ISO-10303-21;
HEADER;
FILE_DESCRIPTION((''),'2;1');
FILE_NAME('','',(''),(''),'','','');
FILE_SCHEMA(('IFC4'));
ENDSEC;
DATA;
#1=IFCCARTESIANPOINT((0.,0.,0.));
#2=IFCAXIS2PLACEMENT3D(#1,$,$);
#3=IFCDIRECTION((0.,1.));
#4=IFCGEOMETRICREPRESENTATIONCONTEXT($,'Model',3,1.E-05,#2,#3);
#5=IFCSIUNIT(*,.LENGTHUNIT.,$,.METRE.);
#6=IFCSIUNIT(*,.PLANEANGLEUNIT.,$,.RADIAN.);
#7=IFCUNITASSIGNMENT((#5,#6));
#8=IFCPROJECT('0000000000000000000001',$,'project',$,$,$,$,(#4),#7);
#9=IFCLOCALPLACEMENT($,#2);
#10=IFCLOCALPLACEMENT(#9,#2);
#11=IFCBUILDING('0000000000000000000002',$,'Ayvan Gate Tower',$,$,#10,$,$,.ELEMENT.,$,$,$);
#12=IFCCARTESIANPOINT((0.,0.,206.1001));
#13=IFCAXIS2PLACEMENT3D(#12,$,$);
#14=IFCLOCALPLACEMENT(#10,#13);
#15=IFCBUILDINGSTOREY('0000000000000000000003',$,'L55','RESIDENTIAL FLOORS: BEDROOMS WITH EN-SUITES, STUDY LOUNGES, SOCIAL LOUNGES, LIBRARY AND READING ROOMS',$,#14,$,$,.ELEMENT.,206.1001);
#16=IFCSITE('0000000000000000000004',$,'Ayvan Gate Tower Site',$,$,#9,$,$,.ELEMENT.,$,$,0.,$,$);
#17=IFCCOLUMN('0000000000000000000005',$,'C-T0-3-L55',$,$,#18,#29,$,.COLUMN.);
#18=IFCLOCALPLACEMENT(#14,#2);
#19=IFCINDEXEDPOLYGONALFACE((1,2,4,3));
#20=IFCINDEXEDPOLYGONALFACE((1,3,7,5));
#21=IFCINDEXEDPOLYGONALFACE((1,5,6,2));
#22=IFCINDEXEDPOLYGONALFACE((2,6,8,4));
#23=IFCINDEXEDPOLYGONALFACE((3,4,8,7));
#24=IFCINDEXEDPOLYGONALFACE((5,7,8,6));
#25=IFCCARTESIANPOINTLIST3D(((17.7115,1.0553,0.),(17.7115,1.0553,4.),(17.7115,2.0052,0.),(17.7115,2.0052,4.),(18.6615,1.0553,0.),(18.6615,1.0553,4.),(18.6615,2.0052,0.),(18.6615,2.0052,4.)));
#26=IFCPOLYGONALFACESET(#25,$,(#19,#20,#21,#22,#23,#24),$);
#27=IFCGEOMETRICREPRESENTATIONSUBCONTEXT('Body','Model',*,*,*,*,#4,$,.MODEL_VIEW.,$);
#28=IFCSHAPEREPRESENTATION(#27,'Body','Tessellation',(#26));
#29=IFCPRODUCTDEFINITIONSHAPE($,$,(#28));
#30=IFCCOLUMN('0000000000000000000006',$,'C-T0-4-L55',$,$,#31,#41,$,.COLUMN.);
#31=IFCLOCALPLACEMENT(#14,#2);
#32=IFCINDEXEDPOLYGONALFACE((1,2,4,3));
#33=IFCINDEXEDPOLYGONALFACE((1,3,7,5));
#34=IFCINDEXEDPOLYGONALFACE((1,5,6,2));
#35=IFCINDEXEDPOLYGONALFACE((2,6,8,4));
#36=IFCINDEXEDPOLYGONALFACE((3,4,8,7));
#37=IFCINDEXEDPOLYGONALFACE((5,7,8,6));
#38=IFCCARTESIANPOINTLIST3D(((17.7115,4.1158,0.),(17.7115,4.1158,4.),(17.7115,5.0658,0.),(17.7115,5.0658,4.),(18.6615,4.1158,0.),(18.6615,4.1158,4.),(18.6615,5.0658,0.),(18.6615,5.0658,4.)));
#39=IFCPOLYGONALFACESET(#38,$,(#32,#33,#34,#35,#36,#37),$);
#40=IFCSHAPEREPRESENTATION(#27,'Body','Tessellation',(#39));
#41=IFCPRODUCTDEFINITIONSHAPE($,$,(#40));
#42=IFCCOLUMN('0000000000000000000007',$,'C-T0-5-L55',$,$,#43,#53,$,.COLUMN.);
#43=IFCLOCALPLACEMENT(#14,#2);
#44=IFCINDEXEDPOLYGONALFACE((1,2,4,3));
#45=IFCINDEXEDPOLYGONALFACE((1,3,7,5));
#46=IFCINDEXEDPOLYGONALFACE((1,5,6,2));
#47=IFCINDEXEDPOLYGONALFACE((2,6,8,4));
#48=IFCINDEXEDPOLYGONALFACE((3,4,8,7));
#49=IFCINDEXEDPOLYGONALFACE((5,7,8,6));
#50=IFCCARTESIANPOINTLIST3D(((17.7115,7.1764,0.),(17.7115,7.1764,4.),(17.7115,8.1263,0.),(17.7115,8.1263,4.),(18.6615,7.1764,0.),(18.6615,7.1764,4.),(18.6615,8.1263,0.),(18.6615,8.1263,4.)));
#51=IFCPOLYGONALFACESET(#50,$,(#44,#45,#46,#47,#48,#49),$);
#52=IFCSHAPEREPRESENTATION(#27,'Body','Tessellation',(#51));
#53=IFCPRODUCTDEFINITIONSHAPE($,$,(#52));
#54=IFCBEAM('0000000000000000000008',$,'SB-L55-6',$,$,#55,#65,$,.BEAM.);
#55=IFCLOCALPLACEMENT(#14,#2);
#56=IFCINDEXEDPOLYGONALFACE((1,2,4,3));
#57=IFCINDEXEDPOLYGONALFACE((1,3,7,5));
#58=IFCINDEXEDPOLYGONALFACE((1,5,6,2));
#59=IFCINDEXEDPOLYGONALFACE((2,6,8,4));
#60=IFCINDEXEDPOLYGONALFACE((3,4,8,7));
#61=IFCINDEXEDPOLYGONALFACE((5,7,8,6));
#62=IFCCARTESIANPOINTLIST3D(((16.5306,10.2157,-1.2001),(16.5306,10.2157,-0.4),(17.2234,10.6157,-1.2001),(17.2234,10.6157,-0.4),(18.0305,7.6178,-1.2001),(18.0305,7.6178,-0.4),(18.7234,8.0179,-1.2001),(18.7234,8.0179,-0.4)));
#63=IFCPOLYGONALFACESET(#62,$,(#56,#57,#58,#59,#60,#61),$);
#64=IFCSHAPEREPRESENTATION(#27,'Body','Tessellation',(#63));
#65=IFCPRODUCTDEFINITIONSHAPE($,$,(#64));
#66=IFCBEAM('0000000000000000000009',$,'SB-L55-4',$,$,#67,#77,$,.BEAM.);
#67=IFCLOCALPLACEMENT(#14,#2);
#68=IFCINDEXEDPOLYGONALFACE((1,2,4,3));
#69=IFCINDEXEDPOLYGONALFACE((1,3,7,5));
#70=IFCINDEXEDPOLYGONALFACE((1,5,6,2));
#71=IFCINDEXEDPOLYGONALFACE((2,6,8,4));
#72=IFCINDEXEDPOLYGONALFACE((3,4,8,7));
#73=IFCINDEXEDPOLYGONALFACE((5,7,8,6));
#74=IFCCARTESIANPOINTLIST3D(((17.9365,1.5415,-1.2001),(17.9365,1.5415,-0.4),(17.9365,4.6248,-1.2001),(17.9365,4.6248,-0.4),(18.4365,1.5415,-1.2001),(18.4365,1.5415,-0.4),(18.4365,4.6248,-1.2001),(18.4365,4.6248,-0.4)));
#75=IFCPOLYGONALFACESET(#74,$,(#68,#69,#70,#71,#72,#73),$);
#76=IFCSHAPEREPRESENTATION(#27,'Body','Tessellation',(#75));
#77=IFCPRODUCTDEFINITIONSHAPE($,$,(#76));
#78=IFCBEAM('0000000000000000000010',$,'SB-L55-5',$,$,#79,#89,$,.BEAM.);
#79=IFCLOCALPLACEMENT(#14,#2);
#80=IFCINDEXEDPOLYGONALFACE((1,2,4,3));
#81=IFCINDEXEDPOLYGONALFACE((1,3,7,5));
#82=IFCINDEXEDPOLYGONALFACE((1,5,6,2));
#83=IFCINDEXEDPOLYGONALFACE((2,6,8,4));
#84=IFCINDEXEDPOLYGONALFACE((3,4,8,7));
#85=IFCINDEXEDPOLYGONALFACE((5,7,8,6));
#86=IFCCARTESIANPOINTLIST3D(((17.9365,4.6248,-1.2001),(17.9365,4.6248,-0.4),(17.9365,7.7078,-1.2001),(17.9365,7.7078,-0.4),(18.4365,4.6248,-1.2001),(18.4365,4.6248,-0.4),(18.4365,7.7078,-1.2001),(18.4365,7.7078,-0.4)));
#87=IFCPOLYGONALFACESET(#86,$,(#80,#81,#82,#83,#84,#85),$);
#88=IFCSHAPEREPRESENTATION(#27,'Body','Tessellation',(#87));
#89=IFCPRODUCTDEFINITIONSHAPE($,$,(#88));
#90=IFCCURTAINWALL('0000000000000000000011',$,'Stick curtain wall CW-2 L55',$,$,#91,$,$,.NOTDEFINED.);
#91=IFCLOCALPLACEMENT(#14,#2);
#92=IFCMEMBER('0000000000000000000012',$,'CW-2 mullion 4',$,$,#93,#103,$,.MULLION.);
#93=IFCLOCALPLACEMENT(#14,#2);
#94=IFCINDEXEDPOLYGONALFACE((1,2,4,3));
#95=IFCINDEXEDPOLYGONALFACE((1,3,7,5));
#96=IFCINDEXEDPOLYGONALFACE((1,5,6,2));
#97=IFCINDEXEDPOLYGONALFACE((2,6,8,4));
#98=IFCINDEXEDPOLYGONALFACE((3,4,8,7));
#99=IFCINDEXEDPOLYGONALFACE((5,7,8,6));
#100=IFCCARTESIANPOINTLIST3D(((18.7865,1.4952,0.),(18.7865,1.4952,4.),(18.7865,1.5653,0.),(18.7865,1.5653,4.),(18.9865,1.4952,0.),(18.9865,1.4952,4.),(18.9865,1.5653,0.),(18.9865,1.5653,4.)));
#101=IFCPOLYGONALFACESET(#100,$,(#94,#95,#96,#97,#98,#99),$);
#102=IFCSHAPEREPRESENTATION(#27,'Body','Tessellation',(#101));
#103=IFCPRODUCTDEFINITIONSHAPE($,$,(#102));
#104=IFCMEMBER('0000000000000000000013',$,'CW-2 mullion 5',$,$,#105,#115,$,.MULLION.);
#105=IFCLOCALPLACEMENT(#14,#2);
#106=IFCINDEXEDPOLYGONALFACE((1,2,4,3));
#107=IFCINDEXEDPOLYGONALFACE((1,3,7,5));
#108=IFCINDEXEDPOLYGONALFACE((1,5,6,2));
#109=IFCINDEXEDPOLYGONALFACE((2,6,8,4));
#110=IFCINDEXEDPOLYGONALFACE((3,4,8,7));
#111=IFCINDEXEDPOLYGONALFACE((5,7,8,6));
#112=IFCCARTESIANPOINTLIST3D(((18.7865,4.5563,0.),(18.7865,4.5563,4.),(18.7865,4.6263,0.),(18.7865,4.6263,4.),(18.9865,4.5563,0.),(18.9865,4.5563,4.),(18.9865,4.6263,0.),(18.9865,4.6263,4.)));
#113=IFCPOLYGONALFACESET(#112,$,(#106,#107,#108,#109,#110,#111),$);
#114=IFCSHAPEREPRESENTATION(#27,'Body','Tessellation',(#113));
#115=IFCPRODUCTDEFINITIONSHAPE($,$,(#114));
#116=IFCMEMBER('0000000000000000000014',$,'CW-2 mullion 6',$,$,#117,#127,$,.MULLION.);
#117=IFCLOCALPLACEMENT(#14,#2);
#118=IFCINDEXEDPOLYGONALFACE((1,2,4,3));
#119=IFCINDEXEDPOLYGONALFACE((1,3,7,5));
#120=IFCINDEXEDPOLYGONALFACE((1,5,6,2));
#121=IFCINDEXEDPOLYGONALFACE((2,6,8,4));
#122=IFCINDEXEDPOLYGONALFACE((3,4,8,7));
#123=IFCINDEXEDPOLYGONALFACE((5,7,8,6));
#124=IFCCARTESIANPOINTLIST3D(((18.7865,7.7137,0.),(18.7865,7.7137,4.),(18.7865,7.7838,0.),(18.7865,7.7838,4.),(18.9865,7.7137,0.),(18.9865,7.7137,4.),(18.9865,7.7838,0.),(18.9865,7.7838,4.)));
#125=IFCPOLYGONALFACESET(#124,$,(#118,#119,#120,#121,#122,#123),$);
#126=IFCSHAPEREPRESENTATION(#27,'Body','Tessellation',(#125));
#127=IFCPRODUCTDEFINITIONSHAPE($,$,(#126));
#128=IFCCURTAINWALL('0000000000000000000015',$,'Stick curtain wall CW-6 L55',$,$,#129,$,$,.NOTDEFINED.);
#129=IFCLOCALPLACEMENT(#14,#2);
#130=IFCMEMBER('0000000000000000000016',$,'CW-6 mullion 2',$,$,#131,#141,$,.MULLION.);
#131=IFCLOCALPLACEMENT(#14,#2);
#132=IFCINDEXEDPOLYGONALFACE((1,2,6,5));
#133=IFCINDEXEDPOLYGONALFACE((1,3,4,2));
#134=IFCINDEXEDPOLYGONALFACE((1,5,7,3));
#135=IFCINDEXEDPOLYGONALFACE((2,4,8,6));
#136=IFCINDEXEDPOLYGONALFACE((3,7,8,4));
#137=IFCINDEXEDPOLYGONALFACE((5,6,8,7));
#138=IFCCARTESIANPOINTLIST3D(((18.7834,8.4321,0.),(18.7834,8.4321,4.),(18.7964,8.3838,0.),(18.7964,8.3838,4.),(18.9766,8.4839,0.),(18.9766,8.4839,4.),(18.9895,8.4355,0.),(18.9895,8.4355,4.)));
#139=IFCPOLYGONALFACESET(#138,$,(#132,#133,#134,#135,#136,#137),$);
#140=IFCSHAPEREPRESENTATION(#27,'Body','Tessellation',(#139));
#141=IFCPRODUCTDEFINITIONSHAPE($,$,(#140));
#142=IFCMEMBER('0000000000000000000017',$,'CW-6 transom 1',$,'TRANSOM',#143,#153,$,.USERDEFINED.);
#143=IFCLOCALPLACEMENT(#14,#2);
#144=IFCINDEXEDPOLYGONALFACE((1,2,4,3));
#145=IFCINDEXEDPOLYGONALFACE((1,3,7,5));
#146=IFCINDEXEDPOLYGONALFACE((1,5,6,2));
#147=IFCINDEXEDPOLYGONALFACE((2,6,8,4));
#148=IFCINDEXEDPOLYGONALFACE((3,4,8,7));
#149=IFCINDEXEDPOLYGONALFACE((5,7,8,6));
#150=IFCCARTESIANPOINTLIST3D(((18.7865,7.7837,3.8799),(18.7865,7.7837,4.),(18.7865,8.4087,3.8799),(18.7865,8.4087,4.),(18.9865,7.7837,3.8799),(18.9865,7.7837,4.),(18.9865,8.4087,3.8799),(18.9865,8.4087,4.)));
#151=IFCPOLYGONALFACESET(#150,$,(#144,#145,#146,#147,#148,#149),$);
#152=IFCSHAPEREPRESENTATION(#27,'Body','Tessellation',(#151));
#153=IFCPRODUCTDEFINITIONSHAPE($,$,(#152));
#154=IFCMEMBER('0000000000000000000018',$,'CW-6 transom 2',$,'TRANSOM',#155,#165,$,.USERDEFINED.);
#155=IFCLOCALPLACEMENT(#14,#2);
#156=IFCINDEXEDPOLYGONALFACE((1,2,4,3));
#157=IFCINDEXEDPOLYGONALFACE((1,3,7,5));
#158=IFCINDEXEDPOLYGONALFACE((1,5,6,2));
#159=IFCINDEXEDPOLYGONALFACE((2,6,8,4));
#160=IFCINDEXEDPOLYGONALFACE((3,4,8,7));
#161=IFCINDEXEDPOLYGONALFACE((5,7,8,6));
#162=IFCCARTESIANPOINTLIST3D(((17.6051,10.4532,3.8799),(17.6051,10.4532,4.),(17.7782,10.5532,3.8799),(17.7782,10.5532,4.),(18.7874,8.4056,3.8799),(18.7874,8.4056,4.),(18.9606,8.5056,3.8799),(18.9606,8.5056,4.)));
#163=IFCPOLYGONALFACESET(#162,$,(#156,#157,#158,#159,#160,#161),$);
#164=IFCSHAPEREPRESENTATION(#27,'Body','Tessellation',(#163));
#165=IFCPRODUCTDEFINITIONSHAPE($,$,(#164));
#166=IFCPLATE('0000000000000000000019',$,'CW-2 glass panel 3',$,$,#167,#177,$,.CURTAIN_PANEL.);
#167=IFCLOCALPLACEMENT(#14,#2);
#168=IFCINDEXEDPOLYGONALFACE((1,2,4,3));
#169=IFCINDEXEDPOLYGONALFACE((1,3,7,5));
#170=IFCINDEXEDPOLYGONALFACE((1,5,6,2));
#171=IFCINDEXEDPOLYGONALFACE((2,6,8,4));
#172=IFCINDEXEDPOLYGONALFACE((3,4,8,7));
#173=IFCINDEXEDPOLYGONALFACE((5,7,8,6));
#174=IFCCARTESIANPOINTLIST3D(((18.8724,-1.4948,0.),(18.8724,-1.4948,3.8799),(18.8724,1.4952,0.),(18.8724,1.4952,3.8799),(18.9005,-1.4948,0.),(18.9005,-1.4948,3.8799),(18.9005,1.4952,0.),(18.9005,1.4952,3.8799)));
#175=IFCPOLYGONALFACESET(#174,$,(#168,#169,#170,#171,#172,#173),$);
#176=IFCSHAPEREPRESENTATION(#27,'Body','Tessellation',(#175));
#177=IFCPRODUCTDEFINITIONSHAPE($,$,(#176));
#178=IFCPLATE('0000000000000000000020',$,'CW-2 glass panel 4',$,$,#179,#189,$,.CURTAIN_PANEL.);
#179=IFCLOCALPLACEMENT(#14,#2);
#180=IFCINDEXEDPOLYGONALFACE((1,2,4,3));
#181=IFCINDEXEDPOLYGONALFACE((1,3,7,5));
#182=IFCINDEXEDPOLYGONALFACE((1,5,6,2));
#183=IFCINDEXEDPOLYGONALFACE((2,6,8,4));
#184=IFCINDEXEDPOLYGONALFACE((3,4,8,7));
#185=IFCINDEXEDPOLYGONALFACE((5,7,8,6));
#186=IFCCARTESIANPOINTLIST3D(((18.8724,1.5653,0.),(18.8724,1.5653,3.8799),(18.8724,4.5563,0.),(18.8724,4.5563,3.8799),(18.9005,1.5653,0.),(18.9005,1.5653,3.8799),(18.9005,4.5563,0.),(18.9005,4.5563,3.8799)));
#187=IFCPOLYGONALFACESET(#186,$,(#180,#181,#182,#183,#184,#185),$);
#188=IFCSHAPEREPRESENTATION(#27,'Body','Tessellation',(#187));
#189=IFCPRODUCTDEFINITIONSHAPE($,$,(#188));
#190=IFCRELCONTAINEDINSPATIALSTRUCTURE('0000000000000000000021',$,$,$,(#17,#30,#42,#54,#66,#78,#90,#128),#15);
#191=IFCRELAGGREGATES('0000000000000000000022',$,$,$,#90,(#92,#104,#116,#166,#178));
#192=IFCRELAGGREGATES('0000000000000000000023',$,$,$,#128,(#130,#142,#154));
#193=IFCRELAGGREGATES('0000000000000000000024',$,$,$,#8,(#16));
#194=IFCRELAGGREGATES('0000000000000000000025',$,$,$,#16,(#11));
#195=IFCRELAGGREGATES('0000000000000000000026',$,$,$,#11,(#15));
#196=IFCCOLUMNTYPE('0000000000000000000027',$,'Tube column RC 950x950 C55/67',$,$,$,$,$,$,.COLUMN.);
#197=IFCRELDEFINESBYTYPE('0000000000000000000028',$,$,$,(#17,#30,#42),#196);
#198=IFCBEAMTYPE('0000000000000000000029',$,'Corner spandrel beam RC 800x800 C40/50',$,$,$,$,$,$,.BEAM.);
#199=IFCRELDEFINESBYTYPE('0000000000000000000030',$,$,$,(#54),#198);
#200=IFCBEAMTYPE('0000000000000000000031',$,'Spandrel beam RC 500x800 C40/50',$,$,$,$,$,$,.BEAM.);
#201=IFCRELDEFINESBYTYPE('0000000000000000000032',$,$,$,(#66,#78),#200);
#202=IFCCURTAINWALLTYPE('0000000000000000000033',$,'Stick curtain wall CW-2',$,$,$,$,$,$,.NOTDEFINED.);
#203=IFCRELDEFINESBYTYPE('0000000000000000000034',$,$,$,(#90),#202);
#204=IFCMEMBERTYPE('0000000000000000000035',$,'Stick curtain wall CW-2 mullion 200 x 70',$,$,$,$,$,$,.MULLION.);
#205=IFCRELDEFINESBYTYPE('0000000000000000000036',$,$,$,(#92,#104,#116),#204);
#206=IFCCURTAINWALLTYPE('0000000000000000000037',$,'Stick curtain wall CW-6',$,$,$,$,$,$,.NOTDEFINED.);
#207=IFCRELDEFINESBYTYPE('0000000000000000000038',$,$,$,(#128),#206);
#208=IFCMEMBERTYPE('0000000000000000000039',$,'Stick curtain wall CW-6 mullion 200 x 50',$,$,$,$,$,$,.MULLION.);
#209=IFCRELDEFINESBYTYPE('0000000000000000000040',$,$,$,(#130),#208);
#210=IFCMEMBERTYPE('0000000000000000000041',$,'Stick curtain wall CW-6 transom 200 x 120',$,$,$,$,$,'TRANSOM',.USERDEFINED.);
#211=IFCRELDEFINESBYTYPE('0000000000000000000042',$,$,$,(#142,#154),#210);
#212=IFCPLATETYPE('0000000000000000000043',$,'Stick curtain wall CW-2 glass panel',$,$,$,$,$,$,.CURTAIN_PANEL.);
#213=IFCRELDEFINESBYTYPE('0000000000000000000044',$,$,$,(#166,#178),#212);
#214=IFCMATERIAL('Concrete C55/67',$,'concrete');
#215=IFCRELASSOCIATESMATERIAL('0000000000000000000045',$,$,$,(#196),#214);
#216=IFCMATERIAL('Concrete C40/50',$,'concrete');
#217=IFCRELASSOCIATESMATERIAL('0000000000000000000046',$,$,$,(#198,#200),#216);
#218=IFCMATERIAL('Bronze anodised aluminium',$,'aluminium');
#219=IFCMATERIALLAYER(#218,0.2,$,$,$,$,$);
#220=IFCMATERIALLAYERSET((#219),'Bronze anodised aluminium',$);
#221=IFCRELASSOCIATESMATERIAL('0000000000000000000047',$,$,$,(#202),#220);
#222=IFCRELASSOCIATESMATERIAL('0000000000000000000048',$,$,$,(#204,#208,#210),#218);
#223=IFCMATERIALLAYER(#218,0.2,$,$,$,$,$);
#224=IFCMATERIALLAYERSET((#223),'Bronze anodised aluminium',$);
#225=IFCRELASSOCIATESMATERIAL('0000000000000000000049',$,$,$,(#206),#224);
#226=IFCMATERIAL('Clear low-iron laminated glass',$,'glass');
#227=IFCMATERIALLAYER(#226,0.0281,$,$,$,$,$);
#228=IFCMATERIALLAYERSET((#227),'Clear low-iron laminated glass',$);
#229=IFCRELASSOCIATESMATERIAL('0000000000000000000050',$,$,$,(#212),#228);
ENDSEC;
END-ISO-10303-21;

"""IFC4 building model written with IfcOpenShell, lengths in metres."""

from ifc_helpers import new_model, si_unit, direction, frame, origin, origin_2d, place, context, subcontext, project, spatial, rectangle, extrude, material, layer, layer_set, material_profile, profile_set, type_object, element, aggregate, save


model = new_model("IFC4")

# Units and contexts
model_context = context("Model", 3, precision=1e-05, world=origin(), true_north=direction((0.0, 1.0)))
body_context = subcontext(model_context, "Body", "Model", "MODEL_VIEW")
ifc_project = project(units=[si_unit("LENGTHUNIT", "METRE"), si_unit("PLANEANGLEUNIT", "RADIAN")], contexts=[model_context])

# Site, building, storey
site_placement = place(None, origin())
site = spatial("IfcSite", under=ifc_project, at=site_placement, Name="Ayvan Gate Tower Site", CompositionType="ELEMENT", RefElevation=0.0)
building_placement = place(site_placement, origin())
building = spatial("IfcBuilding", under=site, at=building_placement, Name="Ayvan Gate Tower", CompositionType="ELEMENT")
storey_placement = place(building_placement, frame((0.0, 0.0, 206.1001)))
storey = spatial("IfcBuildingStorey", under=building, at=storey_placement, Name="L55", Description="RESIDENTIAL FLOORS: BEDROOMS WITH EN-SUITES, STUDY LOUNGES, SOCIAL LOUNGES, LIBRARY AND READING ROOMS", CompositionType="ELEMENT", Elevation=206.1001)

# Columns
ifc_material_1 = material(Name="Concrete C55/67", Category="concrete")
ifc_material_profile_1 = material_profile(ifc_material_1, rectangle(XDim=0.95, YDim=0.95, at=origin_2d()), Name="RC 950x950")
ifc_profile_set_1 = profile_set([ifc_material_profile_1], Name="Concrete C55/67")
column_type = type_object("IfcColumnType", Name="Tube column RC 950x950 C55/67", PredefinedType="COLUMN", material=ifc_profile_set_1)
for number, where, z_axis, x_axis, name in (
    (1, (18.1865, 1.5303, 0.0), (0.0, 0.0, 1.0), (1.0, 0.0, 0.0), "C-T0-3-L55"),
    (2, (18.1865, 4.5908, 0.0), (0.0, 0.0, 1.0), (1.0, 0.0, 0.0), "C-T0-4-L55"),
    (3, (18.1865, 7.6514, 0.0), (0.0, 0.0, 1.0), (1.0, 0.0, 0.0), "C-T0-5-L55"),
):
    element("IfcColumn", number, at=place(storey_placement, frame(where, z_axis=z_axis, x_axis=x_axis)), inside=storey, type_object=column_type, Name=name, PredefinedType="COLUMN", context=body_context, shape_type="SweptSolid", body=[
        extrude(rectangle(XDim=0.95, YDim=0.95, at=origin_2d()), origin(), (0.0, 0.0, 1.0), 4.0),
    ])

# Beams
ifc_material_2 = material(Name="Concrete C40/50", Category="concrete")
ifc_material_profile_2 = material_profile(ifc_material_2, rectangle(XDim=0.8, YDim=0.8, at=origin_2d()), Name="RC 800x800")
ifc_profile_set_2 = profile_set([ifc_material_profile_2], Name="Concrete C40/50")
beam_type_1 = type_object("IfcBeamType", Name="Corner spandrel beam RC 800x800 C40/50", PredefinedType="BEAM", material=ifc_profile_set_2)
beam_1_placement = place(storey_placement, frame((18.377, 7.8179, -0.8), z_axis=(-0.500025, 0.866011, 0.0), x_axis=(-0.866011, -0.500025, 0.0)))
element("IfcBeam", 4, at=beam_1_placement, inside=storey, type_object=beam_type_1, Name="SB-L55-6", PredefinedType="BEAM", context=body_context, shape_type="SweptSolid", body=[
    extrude(rectangle(XDim=0.8, YDim=0.8, at=origin_2d()), origin(), (0.0, 0.0, 1.0), 2.9998),
])
ifc_material_profile_3 = material_profile(ifc_material_2, rectangle(XDim=0.5, YDim=0.8, at=origin_2d()), Name="RC 500x800")
ifc_profile_set_3 = profile_set([ifc_material_profile_3], Name="Concrete C40/50")
beam_type_2 = type_object("IfcBeamType", Name="Spandrel beam RC 500x800 C40/50", PredefinedType="BEAM", material=ifc_profile_set_3)
beam_2_placement = place(storey_placement, frame((18.1865, 1.5415, -0.8), z_axis=(0.0, 1.0, 0.0), x_axis=(-1.0, 0.0, 0.0)))
element("IfcBeam", 5, at=beam_2_placement, inside=storey, type_object=beam_type_2, Name="SB-L55-4", PredefinedType="BEAM", context=body_context, shape_type="SweptSolid", body=[
    extrude(rectangle(XDim=0.5, YDim=0.8, at=origin_2d()), origin(), (0.0, 0.0, 1.0), 3.0833),
])
beam_3_placement = place(storey_placement, frame((18.1865, 4.6248, -0.8), z_axis=(0.0, 1.0, 0.0), x_axis=(-1.0, 0.0, 0.0)))
element("IfcBeam", 6, at=beam_3_placement, inside=storey, type_object=beam_type_2, Name="SB-L55-5", PredefinedType="BEAM", context=body_context, shape_type="SweptSolid", body=[
    extrude(rectangle(XDim=0.5, YDim=0.8, at=origin_2d()), origin(), (0.0, 0.0, 1.0), 3.083),
])

# Curtain walls, members
ifc_material_3 = material(Name="Bronze anodised aluminium", Category="aluminium")
ifc_layer_1 = layer(ifc_material_3, 0.2)
ifc_layer_set_1 = layer_set([ifc_layer_1], Name="Bronze anodised aluminium")
curtain_wall_type_1 = type_object("IfcCurtainWallType", Name="Stick curtain wall CW-2", PredefinedType="NOTDEFINED", material=ifc_layer_set_1)
curtain_wall_1_placement = place(storey_placement, origin())
curtain_wall_1 = element("IfcCurtainWall", 7, at=curtain_wall_1_placement, inside=storey, type_object=curtain_wall_type_1, Name="Stick curtain wall CW-2 L55", PredefinedType="NOTDEFINED")
ifc_material_profile_4 = material_profile(ifc_material_3, rectangle(XDim=0.2, YDim=0.0701, at=origin_2d()), Name="Stick curtain wall CW-2 mullion 200 x 70")
ifc_profile_set_4 = profile_set([ifc_material_profile_4], Name="Bronze anodised aluminium")
member_type_1 = type_object("IfcMemberType", Name="Stick curtain wall CW-2 mullion 200 x 70", PredefinedType="MULLION", material=ifc_profile_set_4)
member_1_placement = place(storey_placement, frame((18.8865, 1.5303, 0.0), z_axis=(0.0, 0.0, 1.0), x_axis=(1.0, 0.0, 0.0)))
member_1 = element("IfcMember", 8, at=member_1_placement, type_object=member_type_1, Name="CW-2 mullion 4", PredefinedType="MULLION", context=body_context, shape_type="SweptSolid", body=[
    extrude(rectangle(XDim=0.2, YDim=0.0701, at=origin_2d()), origin(), (0.0, 0.0, 1.0), 4.0),
])
member_2_placement = place(storey_placement, frame((18.8865, 4.5913, 0.0), z_axis=(0.0, 0.0, 1.0), x_axis=(1.0, 0.0, 0.0)))
member_2 = element("IfcMember", 9, at=member_2_placement, type_object=member_type_1, Name="CW-2 mullion 5", PredefinedType="MULLION", context=body_context, shape_type="SweptSolid", body=[
    extrude(rectangle(XDim=0.2, YDim=0.0701, at=origin_2d()), origin(), (0.0, 0.0, 1.0), 4.0),
])
member_3_placement = place(storey_placement, frame((18.8865, 7.7488, 0.0), z_axis=(0.0, 0.0, 1.0), x_axis=(1.0, 0.0, 0.0)))
member_3 = element("IfcMember", 10, at=member_3_placement, type_object=member_type_1, Name="CW-2 mullion 6", PredefinedType="MULLION", context=body_context, shape_type="SweptSolid", body=[
    extrude(rectangle(XDim=0.2, YDim=0.0701, at=origin_2d()), origin(), (0.0, 0.0, 1.0), 4.0),
])
ifc_layer_2 = layer(ifc_material_3, 0.2)
ifc_layer_set_2 = layer_set([ifc_layer_2], Name="Bronze anodised aluminium")
curtain_wall_type_2 = type_object("IfcCurtainWallType", Name="Stick curtain wall CW-6", PredefinedType="NOTDEFINED", material=ifc_layer_set_2)
curtain_wall_2_placement = place(storey_placement, origin())
curtain_wall_2 = element("IfcCurtainWall", 11, at=curtain_wall_2_placement, inside=storey, type_object=curtain_wall_type_2, Name="Stick curtain wall CW-6 L55", PredefinedType="NOTDEFINED")
ifc_material_profile_5 = material_profile(ifc_material_3, rectangle(XDim=0.2, YDim=0.05, at=origin_2d()), Name="Stick curtain wall CW-6 mullion 200 x 50")
ifc_profile_set_5 = profile_set([ifc_material_profile_5], Name="Bronze anodised aluminium")
member_type_2 = type_object("IfcMemberType", Name="Stick curtain wall CW-6 mullion 200 x 50", PredefinedType="MULLION", material=ifc_profile_set_5)
member_4_placement = place(storey_placement, frame((18.8865, 8.4338, 0.0), z_axis=(0.0, 0.0, 1.0), x_axis=(0.965926, 0.258819, 0.0)))
member_4 = element("IfcMember", 12, at=member_4_placement, type_object=member_type_2, Name="CW-6 mullion 2", PredefinedType="MULLION", context=body_context, shape_type="SweptSolid", body=[
    extrude(rectangle(XDim=0.2, YDim=0.05, at=origin_2d()), origin(), (0.0, 0.0, 1.0), 4.0),
])
ifc_material_profile_6 = material_profile(ifc_material_3, rectangle(XDim=0.2, YDim=0.1201, at=origin_2d()), Name="Stick curtain wall CW-6 transom 200 x 120")
ifc_profile_set_6 = profile_set([ifc_material_profile_6], Name="Bronze anodised aluminium")
member_type_3 = type_object("IfcMemberType", Name="Stick curtain wall CW-6 transom 200 x 120", ElementType="TRANSOM", PredefinedType="USERDEFINED", material=ifc_profile_set_6)
member_5_placement = place(storey_placement, frame((18.8865, 7.7837, 3.9399), z_axis=(0.0, 1.0, 0.0), x_axis=(-1.0, 0.0, 0.0)))
member_5 = element("IfcMember", 13, at=member_5_placement, type_object=member_type_3, Name="CW-6 transom 1", ObjectType="TRANSOM", PredefinedType="USERDEFINED", context=body_context, shape_type="SweptSolid", body=[
    extrude(rectangle(XDim=0.2, YDim=0.1201, at=origin_2d()), origin(), (0.0, 0.0, 1.0), 0.625),
])
member_6_placement = place(storey_placement, frame((18.874, 8.4556, 3.9399), z_axis=(-0.500059, 0.865991, 0.0), x_axis=(-0.865991, -0.500059, 0.0)))
member_6 = element("IfcMember", 14, at=member_6_placement, type_object=member_type_3, Name="CW-6 transom 2", ObjectType="TRANSOM", PredefinedType="USERDEFINED", context=body_context, shape_type="SweptSolid", body=[
    extrude(rectangle(XDim=0.2, YDim=0.1201, at=origin_2d()), origin(), (0.0, 0.0, 1.0), 2.3645),
])

# Plates
ifc_material_4 = material(Name="Clear low-iron laminated glass", Category="glass")
ifc_layer_3 = layer(ifc_material_4, 0.0281)
ifc_layer_set_3 = layer_set([ifc_layer_3], Name="Clear low-iron laminated glass")
plate_type_1 = type_object("IfcPlateType", Name="Stick curtain wall CW-2 glass panel", PredefinedType="CURTAIN_PANEL", material=ifc_layer_set_3)
plate_1_placement = place(storey_placement, frame((18.8865, 0.0002, 0.0), z_axis=(0.0, 0.0, 1.0), x_axis=(0.0, 1.0, 0.0)))
plate_1 = element("IfcPlate", 15, at=plate_1_placement, type_object=plate_type_1, Name="CW-2 glass panel 3", PredefinedType="CURTAIN_PANEL", context=body_context, shape_type="SweptSolid", body=[
    extrude(rectangle(XDim=2.99, YDim=0.0281, at=origin_2d()), origin(), (0.0, 0.0, 1.0), 3.8799),
])
plate_2_placement = place(storey_placement, frame((18.8865, 3.0608, 0.0), z_axis=(0.0, 0.0, 1.0), x_axis=(0.0, 1.0, 0.0)))
plate_2 = element("IfcPlate", 16, at=plate_2_placement, type_object=plate_type_1, Name="CW-2 glass panel 4", PredefinedType="CURTAIN_PANEL", context=body_context, shape_type="SweptSolid", body=[
    extrude(rectangle(XDim=2.991, YDim=0.0281, at=origin_2d()), origin(), (0.0, 0.0, 1.0), 3.8799),
])
aggregate(curtain_wall_1, [member_1, member_2, member_3, plate_1, plate_2])
aggregate(curtain_wall_2, [member_4, member_5, member_6])

save(model, "model.ifc")
